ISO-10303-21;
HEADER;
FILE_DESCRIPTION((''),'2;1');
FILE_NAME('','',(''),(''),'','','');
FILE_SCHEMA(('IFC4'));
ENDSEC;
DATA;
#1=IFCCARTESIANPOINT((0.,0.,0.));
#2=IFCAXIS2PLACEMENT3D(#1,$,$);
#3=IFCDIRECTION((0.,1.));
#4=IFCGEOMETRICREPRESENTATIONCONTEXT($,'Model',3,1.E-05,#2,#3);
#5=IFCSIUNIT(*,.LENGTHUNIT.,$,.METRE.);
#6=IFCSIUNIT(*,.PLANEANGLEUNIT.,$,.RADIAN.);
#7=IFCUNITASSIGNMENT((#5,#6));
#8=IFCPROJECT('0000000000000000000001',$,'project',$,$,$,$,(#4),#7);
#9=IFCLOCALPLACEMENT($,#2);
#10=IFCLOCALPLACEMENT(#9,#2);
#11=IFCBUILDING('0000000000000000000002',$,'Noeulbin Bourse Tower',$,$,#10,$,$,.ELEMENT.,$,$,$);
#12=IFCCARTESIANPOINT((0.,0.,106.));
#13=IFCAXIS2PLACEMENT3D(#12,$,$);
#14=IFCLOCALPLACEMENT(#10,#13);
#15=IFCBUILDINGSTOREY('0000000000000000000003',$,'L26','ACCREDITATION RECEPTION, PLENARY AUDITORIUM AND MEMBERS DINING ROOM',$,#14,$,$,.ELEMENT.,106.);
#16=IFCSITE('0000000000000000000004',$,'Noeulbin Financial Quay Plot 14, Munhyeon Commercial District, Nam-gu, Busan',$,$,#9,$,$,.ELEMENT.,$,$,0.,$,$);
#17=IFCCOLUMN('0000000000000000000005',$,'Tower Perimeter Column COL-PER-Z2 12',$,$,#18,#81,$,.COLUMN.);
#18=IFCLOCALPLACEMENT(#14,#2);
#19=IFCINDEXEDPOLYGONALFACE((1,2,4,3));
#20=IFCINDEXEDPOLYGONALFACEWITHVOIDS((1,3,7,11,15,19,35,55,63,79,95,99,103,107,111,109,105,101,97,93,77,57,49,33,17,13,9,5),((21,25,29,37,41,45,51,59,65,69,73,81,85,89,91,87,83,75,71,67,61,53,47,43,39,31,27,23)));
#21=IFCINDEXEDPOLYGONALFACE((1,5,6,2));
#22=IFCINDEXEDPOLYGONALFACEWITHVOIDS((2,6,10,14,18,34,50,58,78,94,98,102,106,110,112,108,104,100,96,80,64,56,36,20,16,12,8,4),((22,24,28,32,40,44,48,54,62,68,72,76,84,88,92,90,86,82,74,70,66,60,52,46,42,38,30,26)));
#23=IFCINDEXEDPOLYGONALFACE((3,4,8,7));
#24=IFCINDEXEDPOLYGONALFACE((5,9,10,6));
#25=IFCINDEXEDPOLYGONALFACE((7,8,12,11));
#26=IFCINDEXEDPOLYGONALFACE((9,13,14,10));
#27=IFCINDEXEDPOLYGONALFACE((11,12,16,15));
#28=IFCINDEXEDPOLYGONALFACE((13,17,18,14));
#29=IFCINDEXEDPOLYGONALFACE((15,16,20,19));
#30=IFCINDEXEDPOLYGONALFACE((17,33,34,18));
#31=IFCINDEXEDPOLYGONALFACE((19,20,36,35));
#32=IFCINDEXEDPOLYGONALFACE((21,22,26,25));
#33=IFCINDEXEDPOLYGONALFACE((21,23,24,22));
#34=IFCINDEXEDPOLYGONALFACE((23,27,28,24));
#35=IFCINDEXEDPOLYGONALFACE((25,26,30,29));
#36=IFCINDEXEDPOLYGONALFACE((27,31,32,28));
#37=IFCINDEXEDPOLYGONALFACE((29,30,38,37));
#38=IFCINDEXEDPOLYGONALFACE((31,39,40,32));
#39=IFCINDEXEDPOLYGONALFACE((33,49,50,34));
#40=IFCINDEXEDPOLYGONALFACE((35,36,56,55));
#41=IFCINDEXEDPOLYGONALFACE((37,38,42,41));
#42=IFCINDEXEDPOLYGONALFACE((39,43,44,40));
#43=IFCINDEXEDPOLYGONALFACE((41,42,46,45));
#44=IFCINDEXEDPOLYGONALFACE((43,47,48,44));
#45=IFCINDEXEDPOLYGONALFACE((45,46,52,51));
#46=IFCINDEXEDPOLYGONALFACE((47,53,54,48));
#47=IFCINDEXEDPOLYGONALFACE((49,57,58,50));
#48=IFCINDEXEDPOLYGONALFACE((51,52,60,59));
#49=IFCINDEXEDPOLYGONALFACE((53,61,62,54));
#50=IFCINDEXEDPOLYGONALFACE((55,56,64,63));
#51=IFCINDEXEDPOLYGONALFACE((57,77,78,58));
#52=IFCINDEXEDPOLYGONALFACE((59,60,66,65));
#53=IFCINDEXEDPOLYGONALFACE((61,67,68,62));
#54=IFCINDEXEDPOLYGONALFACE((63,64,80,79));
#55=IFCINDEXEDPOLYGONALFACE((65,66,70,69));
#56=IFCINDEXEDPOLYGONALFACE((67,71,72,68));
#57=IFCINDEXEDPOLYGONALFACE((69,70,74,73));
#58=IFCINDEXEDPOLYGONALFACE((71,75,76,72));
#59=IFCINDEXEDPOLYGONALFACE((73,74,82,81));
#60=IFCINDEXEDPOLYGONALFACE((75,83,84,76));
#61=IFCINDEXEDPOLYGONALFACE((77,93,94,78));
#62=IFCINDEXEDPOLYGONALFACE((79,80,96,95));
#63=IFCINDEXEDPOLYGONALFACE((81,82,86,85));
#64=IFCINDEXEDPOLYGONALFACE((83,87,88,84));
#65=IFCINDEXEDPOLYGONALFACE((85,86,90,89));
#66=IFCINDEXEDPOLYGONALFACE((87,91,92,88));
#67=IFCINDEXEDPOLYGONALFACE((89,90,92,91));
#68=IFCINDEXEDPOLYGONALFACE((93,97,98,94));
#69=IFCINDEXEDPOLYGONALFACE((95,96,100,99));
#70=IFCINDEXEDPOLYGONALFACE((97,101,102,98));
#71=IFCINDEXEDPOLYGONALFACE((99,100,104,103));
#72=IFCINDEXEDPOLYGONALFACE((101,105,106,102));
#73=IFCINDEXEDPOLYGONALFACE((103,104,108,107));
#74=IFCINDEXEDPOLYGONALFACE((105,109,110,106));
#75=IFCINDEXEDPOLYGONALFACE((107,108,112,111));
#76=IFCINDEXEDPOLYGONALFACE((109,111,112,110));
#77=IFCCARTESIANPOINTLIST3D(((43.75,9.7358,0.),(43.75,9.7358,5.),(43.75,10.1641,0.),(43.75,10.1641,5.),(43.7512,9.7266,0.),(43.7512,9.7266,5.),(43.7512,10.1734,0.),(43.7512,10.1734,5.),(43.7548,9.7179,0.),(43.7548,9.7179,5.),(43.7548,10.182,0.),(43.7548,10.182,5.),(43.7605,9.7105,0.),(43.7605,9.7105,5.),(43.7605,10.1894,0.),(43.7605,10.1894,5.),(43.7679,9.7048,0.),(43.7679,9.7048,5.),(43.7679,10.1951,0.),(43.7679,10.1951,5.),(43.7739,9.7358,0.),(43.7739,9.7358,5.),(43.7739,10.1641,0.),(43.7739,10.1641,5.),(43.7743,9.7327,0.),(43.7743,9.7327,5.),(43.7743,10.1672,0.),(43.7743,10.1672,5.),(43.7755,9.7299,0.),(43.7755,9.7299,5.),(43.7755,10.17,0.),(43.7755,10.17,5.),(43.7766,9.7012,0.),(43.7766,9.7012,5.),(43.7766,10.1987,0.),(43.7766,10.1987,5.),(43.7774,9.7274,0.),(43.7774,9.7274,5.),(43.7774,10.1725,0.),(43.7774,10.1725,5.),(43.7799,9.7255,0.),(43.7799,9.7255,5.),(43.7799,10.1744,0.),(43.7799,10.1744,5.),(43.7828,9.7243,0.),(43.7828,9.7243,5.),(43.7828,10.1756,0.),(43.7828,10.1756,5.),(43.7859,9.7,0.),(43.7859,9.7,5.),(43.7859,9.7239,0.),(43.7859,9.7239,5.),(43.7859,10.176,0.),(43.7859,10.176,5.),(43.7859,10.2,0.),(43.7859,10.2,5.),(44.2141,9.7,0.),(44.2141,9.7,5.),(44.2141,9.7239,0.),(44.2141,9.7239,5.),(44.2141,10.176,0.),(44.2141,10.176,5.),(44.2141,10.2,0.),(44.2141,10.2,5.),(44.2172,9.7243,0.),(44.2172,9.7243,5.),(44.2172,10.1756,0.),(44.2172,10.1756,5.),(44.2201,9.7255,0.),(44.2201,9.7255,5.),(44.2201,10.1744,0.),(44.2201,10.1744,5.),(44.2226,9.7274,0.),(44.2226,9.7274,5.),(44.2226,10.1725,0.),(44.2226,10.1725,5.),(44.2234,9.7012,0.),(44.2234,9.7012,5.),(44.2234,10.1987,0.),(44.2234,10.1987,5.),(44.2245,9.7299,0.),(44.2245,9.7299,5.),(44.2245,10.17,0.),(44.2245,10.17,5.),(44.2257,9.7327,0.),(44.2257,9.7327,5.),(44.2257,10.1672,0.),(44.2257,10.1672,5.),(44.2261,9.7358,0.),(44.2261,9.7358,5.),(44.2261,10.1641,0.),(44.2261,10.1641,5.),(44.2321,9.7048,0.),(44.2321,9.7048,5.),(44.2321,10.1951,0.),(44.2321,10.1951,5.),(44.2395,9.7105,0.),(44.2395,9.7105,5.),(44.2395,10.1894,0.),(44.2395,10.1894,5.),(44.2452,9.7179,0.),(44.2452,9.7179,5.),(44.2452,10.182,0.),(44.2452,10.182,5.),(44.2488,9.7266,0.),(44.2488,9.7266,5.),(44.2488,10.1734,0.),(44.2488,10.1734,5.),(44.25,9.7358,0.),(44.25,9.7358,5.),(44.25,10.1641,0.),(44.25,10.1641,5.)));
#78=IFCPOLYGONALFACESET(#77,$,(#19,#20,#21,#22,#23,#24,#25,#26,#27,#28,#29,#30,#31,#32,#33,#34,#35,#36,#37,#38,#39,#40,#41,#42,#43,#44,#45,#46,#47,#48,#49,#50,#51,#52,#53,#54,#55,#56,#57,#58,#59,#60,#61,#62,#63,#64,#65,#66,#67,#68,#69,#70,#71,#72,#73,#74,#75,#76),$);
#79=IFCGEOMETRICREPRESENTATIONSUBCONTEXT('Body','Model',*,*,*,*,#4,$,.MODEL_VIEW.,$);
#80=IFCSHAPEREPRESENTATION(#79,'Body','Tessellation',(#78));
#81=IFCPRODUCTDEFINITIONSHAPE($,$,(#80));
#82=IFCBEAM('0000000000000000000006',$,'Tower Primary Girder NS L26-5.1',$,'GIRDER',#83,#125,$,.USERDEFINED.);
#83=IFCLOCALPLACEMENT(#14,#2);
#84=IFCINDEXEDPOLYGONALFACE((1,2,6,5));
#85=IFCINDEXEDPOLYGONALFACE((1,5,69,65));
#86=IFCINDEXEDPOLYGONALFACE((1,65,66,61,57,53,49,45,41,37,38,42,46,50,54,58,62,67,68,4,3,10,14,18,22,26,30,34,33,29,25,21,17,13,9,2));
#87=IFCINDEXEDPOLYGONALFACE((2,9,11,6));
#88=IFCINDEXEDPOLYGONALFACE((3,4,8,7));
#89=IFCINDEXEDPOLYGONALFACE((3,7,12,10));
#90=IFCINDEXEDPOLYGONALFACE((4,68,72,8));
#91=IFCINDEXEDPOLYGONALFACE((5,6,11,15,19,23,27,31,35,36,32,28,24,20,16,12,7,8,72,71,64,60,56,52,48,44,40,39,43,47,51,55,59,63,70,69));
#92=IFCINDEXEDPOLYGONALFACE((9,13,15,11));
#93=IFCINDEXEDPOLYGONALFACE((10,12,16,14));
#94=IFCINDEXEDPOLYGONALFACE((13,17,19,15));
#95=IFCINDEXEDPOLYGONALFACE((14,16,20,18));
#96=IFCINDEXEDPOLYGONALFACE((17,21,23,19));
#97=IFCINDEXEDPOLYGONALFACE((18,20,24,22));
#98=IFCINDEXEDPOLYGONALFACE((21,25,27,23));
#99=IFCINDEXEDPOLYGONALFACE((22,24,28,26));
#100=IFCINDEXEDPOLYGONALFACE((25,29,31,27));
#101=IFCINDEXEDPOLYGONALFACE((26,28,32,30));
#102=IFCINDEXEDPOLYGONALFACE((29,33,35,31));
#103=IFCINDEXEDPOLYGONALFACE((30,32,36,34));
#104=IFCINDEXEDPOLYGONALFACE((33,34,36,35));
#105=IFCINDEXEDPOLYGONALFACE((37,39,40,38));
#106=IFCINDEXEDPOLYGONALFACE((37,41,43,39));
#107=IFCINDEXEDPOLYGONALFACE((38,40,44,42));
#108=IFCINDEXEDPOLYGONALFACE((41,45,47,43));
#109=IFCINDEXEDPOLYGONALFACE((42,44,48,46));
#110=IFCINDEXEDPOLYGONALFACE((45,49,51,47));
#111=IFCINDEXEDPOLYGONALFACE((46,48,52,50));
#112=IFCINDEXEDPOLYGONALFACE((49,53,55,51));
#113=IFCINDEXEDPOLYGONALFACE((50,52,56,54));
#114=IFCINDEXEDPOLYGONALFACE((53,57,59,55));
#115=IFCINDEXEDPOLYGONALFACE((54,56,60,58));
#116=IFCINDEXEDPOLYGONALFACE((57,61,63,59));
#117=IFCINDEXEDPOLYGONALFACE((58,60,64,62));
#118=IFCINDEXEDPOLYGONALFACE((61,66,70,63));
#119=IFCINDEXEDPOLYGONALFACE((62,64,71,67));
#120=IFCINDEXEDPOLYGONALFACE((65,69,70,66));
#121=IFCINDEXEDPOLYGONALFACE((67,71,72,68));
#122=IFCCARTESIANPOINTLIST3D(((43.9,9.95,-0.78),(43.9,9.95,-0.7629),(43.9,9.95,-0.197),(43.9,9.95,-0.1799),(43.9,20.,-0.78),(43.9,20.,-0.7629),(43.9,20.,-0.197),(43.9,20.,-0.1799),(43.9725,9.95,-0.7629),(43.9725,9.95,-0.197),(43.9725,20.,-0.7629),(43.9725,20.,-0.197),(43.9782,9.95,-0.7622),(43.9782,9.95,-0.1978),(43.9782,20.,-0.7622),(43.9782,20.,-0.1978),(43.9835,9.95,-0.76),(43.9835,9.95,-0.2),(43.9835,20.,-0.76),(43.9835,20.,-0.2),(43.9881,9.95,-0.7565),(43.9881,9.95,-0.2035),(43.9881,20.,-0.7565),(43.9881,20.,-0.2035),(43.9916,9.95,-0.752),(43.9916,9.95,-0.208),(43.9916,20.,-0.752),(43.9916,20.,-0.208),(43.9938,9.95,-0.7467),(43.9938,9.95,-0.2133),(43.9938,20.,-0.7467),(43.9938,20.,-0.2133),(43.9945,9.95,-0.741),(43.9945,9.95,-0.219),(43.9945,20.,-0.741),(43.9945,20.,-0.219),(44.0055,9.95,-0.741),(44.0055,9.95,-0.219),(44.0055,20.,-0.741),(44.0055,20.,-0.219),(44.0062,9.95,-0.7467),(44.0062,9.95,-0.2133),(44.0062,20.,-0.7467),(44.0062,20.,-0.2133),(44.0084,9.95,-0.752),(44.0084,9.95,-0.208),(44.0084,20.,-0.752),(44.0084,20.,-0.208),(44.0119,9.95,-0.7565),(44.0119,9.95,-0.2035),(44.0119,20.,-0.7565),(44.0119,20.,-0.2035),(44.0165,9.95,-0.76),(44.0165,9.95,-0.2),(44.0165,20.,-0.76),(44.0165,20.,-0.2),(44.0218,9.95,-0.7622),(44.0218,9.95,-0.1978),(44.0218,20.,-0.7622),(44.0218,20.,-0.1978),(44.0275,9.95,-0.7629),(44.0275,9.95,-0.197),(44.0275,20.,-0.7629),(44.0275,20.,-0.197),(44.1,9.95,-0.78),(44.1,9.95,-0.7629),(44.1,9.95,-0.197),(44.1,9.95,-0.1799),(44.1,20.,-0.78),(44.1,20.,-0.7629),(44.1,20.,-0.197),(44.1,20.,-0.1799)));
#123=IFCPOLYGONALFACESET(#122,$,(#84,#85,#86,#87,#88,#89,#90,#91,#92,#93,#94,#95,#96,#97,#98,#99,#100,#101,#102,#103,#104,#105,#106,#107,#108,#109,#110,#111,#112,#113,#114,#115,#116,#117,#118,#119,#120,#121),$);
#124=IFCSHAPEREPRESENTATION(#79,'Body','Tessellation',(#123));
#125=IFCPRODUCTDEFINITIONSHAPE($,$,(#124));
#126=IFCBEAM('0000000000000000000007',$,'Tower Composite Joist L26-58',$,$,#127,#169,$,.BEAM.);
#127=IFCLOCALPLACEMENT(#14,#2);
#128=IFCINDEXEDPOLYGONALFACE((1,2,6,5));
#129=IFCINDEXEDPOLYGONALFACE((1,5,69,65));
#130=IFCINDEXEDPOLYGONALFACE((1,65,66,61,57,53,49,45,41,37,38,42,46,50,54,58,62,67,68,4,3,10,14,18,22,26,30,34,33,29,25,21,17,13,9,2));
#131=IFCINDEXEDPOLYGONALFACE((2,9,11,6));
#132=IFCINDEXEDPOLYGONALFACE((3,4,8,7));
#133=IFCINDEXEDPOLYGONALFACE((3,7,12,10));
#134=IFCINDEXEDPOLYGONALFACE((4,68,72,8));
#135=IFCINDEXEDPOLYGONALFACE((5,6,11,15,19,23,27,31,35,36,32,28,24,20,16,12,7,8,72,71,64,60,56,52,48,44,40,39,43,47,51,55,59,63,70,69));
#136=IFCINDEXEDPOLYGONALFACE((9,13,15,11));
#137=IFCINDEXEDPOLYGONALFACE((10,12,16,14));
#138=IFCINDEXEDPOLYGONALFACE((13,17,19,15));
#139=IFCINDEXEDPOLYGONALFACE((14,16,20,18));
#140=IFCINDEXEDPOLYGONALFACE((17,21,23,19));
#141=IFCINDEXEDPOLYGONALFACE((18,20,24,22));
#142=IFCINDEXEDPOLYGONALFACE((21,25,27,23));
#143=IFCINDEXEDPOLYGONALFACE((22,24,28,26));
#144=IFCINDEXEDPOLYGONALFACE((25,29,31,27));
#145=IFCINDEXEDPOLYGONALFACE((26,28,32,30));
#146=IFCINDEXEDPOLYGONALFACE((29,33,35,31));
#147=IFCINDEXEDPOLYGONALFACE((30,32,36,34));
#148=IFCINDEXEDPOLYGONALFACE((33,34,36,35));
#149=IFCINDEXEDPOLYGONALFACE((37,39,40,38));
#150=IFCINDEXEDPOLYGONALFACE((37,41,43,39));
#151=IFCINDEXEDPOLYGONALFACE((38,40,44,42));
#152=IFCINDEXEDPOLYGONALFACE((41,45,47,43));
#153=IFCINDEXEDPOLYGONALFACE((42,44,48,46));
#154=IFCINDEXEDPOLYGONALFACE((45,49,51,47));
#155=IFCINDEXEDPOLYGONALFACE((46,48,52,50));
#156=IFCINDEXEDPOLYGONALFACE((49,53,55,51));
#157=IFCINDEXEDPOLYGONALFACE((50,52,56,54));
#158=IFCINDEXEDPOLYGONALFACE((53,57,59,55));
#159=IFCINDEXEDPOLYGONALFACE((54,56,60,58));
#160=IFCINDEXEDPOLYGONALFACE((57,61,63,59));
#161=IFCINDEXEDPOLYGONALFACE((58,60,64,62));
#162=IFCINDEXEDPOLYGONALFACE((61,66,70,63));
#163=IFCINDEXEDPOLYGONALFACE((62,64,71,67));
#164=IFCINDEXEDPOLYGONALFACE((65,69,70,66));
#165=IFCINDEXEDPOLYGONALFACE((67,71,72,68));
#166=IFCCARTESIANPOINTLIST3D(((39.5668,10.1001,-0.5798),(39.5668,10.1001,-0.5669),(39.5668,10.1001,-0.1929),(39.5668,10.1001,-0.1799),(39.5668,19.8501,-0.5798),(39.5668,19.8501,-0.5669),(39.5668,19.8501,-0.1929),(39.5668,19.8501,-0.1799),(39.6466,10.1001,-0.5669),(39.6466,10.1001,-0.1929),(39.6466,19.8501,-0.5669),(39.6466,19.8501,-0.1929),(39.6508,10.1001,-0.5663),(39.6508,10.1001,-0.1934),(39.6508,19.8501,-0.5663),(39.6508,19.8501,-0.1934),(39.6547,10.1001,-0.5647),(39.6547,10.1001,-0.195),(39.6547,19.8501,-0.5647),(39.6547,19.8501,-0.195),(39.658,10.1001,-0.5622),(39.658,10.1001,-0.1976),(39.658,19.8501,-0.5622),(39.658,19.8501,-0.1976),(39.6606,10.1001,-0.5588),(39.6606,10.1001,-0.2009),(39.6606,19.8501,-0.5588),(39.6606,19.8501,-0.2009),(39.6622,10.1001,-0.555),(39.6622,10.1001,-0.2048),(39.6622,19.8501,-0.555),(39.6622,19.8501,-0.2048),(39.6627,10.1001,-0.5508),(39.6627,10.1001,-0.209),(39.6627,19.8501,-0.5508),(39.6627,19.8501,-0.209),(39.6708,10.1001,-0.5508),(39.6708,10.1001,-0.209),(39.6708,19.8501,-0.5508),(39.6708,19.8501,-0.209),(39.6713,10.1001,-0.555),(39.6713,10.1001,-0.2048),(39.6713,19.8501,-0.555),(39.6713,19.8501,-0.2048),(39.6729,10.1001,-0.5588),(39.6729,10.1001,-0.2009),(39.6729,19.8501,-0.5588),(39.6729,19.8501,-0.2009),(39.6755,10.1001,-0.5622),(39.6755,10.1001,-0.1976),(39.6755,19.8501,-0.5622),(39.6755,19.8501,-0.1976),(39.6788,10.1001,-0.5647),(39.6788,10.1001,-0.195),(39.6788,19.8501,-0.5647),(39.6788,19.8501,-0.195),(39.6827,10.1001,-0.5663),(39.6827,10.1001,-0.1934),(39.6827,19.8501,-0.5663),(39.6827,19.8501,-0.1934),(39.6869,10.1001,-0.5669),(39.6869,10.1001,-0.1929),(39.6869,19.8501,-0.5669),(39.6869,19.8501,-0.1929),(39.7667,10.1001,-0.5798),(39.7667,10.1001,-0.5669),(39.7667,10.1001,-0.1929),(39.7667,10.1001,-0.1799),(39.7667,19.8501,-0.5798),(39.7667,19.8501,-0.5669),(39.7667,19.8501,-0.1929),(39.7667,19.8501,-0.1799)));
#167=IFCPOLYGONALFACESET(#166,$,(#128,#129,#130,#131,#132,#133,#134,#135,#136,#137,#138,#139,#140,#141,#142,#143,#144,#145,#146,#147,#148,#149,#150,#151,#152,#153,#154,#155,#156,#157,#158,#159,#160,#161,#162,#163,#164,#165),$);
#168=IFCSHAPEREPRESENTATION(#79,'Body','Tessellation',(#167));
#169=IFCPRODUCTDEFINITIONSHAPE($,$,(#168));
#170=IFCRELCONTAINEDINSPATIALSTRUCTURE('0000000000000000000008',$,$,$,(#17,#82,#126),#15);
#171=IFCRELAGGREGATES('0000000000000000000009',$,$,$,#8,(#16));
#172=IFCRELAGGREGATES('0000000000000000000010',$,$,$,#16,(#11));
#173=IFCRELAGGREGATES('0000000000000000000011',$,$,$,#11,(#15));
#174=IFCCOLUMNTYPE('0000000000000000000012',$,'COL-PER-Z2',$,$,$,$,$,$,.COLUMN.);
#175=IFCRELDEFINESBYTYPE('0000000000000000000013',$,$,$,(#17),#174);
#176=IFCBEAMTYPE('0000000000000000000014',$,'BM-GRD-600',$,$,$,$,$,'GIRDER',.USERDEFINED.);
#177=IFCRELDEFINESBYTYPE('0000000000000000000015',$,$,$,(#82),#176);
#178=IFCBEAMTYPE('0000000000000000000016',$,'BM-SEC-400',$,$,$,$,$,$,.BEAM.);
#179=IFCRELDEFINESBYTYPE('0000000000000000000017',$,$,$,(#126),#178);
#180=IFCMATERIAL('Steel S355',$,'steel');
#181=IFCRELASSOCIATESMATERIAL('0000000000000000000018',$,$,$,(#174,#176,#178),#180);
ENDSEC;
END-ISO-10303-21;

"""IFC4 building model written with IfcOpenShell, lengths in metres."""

from ifc_helpers import new_model, si_unit, direction, frame, origin, origin_2d, place, context, subcontext, project, spatial, hollow_rectangle, i_section, extrude, material, material_profile, profile_set, type_object, element, save


model = new_model("IFC4")

# Units and contexts
model_context = context("Model", 3, precision=1e-05, world=origin(), true_north=direction((0.0, 1.0)))
body_context = subcontext(model_context, "Body", "Model", "MODEL_VIEW")
ifc_project = project(units=[si_unit("LENGTHUNIT", "METRE"), si_unit("PLANEANGLEUNIT", "RADIAN")], contexts=[model_context])

# Site, building, storey
site_placement = place(None, origin())
site = spatial("IfcSite", under=ifc_project, at=site_placement, Name="Noeulbin Financial Quay Plot 14, Munhyeon Commercial District, Nam-gu, Busan", CompositionType="ELEMENT", RefElevation=0.0)
building_placement = place(site_placement, origin())
building = spatial("IfcBuilding", under=site, at=building_placement, Name="Noeulbin Bourse Tower", CompositionType="ELEMENT")
storey_placement = place(building_placement, frame((0.0, 0.0, 106.0)))
storey = spatial("IfcBuildingStorey", under=building, at=storey_placement, Name="L26", Description="ACCREDITATION RECEPTION, PLENARY AUDITORIUM AND MEMBERS DINING ROOM", CompositionType="ELEMENT", Elevation=106.0)

# Column
ifc_material_1 = material(Name="Steel S355", Category="steel")
ifc_material_profile_1 = material_profile(ifc_material_1, hollow_rectangle(XDim=0.5, YDim=0.5, WallThickness=0.0239, InnerFilletRadius=0.012, OuterFilletRadius=0.0359, at=origin_2d()), Name="BOX-500x500x24", Category="LoadBearing")
ifc_profile_set_1 = profile_set([ifc_material_profile_1], Name="Steel S355")
column_type = type_object("IfcColumnType", Name="COL-PER-Z2", PredefinedType="COLUMN", material=ifc_profile_set_1)
column_placement = place(storey_placement, frame((44.0, 9.95, 0.0), z_axis=(0.0, 0.0, 1.0), x_axis=(1.0, 0.0, 0.0)))
element("IfcColumn", 1, at=column_placement, inside=storey, type_object=column_type, Name="Tower Perimeter Column COL-PER-Z2 12", PredefinedType="COLUMN", context=body_context, shape_type="SweptSolid", body=[
    extrude(hollow_rectangle(XDim=0.5, YDim=0.5, WallThickness=0.0239, InnerFilletRadius=0.012, OuterFilletRadius=0.0359, at=origin_2d()), origin(), (0.0, 0.0, 1.0), 5.0),
])

# Beams
ifc_material_profile_2 = material_profile(ifc_material_1, i_section(OverallWidth=0.2, OverallDepth=0.6001, WebThickness=0.011, FlangeThickness=0.0171, FilletRadius=0.022, at=origin_2d()), Name="H-600x200x11x17", Category="LoadBearing")
ifc_profile_set_2 = profile_set([ifc_material_profile_2], Name="Steel S355")
beam_type_1 = type_object("IfcBeamType", Name="BM-GRD-600", ElementType="GIRDER", PredefinedType="USERDEFINED", material=ifc_profile_set_2)
beam_placement = place(storey_placement, frame((44.0, 9.95, -0.48), z_axis=(0.0, 1.0, 0.0), x_axis=(-1.0, 0.0, 0.0)))
element("IfcBeam", 2, at=beam_placement, inside=storey, type_object=beam_type_1, Name="Tower Primary Girder NS L26-5.1", ObjectType="GIRDER", PredefinedType="USERDEFINED", context=body_context, shape_type="SweptSolid", body=[
    extrude(i_section(OverallWidth=0.2, OverallDepth=0.6001, WebThickness=0.011, FlangeThickness=0.0171, FilletRadius=0.022, at=origin_2d()), origin(), (0.0, 0.0, 1.0), 10.05),
])
ifc_material_profile_3 = material_profile(ifc_material_1, i_section(OverallWidth=0.2, OverallDepth=0.3999, WebThickness=0.0081, FlangeThickness=0.0129, FilletRadius=0.0161, at=origin_2d()), Name="H-400x200x8x13", Category="LoadBearing")
ifc_profile_set_3 = profile_set([ifc_material_profile_3], Name="Steel S355")
beam_type_2 = type_object("IfcBeamType", Name="BM-SEC-400", PredefinedType="BEAM", material=ifc_profile_set_3)
for number, where, z_axis, x_axis, name in (
    (3, (39.6667, 10.1001, -0.3799), (0.0, 1.0, 0.0), (-1.0, 0.0, 0.0), "Tower Composite Joist L26-58"),
):
    element("IfcBeam", number, at=place(storey_placement, frame(where, z_axis=z_axis, x_axis=x_axis)), inside=storey, type_object=beam_type_2, Name=name, PredefinedType="BEAM", context=body_context, shape_type="SweptSolid", body=[
        extrude(i_section(OverallWidth=0.2, OverallDepth=0.3999, WebThickness=0.0081, FlangeThickness=0.0129, FilletRadius=0.0161, at=origin_2d()), origin(), (0.0, 0.0, 1.0), 9.75),
    ])

save(model, "model.ifc")
